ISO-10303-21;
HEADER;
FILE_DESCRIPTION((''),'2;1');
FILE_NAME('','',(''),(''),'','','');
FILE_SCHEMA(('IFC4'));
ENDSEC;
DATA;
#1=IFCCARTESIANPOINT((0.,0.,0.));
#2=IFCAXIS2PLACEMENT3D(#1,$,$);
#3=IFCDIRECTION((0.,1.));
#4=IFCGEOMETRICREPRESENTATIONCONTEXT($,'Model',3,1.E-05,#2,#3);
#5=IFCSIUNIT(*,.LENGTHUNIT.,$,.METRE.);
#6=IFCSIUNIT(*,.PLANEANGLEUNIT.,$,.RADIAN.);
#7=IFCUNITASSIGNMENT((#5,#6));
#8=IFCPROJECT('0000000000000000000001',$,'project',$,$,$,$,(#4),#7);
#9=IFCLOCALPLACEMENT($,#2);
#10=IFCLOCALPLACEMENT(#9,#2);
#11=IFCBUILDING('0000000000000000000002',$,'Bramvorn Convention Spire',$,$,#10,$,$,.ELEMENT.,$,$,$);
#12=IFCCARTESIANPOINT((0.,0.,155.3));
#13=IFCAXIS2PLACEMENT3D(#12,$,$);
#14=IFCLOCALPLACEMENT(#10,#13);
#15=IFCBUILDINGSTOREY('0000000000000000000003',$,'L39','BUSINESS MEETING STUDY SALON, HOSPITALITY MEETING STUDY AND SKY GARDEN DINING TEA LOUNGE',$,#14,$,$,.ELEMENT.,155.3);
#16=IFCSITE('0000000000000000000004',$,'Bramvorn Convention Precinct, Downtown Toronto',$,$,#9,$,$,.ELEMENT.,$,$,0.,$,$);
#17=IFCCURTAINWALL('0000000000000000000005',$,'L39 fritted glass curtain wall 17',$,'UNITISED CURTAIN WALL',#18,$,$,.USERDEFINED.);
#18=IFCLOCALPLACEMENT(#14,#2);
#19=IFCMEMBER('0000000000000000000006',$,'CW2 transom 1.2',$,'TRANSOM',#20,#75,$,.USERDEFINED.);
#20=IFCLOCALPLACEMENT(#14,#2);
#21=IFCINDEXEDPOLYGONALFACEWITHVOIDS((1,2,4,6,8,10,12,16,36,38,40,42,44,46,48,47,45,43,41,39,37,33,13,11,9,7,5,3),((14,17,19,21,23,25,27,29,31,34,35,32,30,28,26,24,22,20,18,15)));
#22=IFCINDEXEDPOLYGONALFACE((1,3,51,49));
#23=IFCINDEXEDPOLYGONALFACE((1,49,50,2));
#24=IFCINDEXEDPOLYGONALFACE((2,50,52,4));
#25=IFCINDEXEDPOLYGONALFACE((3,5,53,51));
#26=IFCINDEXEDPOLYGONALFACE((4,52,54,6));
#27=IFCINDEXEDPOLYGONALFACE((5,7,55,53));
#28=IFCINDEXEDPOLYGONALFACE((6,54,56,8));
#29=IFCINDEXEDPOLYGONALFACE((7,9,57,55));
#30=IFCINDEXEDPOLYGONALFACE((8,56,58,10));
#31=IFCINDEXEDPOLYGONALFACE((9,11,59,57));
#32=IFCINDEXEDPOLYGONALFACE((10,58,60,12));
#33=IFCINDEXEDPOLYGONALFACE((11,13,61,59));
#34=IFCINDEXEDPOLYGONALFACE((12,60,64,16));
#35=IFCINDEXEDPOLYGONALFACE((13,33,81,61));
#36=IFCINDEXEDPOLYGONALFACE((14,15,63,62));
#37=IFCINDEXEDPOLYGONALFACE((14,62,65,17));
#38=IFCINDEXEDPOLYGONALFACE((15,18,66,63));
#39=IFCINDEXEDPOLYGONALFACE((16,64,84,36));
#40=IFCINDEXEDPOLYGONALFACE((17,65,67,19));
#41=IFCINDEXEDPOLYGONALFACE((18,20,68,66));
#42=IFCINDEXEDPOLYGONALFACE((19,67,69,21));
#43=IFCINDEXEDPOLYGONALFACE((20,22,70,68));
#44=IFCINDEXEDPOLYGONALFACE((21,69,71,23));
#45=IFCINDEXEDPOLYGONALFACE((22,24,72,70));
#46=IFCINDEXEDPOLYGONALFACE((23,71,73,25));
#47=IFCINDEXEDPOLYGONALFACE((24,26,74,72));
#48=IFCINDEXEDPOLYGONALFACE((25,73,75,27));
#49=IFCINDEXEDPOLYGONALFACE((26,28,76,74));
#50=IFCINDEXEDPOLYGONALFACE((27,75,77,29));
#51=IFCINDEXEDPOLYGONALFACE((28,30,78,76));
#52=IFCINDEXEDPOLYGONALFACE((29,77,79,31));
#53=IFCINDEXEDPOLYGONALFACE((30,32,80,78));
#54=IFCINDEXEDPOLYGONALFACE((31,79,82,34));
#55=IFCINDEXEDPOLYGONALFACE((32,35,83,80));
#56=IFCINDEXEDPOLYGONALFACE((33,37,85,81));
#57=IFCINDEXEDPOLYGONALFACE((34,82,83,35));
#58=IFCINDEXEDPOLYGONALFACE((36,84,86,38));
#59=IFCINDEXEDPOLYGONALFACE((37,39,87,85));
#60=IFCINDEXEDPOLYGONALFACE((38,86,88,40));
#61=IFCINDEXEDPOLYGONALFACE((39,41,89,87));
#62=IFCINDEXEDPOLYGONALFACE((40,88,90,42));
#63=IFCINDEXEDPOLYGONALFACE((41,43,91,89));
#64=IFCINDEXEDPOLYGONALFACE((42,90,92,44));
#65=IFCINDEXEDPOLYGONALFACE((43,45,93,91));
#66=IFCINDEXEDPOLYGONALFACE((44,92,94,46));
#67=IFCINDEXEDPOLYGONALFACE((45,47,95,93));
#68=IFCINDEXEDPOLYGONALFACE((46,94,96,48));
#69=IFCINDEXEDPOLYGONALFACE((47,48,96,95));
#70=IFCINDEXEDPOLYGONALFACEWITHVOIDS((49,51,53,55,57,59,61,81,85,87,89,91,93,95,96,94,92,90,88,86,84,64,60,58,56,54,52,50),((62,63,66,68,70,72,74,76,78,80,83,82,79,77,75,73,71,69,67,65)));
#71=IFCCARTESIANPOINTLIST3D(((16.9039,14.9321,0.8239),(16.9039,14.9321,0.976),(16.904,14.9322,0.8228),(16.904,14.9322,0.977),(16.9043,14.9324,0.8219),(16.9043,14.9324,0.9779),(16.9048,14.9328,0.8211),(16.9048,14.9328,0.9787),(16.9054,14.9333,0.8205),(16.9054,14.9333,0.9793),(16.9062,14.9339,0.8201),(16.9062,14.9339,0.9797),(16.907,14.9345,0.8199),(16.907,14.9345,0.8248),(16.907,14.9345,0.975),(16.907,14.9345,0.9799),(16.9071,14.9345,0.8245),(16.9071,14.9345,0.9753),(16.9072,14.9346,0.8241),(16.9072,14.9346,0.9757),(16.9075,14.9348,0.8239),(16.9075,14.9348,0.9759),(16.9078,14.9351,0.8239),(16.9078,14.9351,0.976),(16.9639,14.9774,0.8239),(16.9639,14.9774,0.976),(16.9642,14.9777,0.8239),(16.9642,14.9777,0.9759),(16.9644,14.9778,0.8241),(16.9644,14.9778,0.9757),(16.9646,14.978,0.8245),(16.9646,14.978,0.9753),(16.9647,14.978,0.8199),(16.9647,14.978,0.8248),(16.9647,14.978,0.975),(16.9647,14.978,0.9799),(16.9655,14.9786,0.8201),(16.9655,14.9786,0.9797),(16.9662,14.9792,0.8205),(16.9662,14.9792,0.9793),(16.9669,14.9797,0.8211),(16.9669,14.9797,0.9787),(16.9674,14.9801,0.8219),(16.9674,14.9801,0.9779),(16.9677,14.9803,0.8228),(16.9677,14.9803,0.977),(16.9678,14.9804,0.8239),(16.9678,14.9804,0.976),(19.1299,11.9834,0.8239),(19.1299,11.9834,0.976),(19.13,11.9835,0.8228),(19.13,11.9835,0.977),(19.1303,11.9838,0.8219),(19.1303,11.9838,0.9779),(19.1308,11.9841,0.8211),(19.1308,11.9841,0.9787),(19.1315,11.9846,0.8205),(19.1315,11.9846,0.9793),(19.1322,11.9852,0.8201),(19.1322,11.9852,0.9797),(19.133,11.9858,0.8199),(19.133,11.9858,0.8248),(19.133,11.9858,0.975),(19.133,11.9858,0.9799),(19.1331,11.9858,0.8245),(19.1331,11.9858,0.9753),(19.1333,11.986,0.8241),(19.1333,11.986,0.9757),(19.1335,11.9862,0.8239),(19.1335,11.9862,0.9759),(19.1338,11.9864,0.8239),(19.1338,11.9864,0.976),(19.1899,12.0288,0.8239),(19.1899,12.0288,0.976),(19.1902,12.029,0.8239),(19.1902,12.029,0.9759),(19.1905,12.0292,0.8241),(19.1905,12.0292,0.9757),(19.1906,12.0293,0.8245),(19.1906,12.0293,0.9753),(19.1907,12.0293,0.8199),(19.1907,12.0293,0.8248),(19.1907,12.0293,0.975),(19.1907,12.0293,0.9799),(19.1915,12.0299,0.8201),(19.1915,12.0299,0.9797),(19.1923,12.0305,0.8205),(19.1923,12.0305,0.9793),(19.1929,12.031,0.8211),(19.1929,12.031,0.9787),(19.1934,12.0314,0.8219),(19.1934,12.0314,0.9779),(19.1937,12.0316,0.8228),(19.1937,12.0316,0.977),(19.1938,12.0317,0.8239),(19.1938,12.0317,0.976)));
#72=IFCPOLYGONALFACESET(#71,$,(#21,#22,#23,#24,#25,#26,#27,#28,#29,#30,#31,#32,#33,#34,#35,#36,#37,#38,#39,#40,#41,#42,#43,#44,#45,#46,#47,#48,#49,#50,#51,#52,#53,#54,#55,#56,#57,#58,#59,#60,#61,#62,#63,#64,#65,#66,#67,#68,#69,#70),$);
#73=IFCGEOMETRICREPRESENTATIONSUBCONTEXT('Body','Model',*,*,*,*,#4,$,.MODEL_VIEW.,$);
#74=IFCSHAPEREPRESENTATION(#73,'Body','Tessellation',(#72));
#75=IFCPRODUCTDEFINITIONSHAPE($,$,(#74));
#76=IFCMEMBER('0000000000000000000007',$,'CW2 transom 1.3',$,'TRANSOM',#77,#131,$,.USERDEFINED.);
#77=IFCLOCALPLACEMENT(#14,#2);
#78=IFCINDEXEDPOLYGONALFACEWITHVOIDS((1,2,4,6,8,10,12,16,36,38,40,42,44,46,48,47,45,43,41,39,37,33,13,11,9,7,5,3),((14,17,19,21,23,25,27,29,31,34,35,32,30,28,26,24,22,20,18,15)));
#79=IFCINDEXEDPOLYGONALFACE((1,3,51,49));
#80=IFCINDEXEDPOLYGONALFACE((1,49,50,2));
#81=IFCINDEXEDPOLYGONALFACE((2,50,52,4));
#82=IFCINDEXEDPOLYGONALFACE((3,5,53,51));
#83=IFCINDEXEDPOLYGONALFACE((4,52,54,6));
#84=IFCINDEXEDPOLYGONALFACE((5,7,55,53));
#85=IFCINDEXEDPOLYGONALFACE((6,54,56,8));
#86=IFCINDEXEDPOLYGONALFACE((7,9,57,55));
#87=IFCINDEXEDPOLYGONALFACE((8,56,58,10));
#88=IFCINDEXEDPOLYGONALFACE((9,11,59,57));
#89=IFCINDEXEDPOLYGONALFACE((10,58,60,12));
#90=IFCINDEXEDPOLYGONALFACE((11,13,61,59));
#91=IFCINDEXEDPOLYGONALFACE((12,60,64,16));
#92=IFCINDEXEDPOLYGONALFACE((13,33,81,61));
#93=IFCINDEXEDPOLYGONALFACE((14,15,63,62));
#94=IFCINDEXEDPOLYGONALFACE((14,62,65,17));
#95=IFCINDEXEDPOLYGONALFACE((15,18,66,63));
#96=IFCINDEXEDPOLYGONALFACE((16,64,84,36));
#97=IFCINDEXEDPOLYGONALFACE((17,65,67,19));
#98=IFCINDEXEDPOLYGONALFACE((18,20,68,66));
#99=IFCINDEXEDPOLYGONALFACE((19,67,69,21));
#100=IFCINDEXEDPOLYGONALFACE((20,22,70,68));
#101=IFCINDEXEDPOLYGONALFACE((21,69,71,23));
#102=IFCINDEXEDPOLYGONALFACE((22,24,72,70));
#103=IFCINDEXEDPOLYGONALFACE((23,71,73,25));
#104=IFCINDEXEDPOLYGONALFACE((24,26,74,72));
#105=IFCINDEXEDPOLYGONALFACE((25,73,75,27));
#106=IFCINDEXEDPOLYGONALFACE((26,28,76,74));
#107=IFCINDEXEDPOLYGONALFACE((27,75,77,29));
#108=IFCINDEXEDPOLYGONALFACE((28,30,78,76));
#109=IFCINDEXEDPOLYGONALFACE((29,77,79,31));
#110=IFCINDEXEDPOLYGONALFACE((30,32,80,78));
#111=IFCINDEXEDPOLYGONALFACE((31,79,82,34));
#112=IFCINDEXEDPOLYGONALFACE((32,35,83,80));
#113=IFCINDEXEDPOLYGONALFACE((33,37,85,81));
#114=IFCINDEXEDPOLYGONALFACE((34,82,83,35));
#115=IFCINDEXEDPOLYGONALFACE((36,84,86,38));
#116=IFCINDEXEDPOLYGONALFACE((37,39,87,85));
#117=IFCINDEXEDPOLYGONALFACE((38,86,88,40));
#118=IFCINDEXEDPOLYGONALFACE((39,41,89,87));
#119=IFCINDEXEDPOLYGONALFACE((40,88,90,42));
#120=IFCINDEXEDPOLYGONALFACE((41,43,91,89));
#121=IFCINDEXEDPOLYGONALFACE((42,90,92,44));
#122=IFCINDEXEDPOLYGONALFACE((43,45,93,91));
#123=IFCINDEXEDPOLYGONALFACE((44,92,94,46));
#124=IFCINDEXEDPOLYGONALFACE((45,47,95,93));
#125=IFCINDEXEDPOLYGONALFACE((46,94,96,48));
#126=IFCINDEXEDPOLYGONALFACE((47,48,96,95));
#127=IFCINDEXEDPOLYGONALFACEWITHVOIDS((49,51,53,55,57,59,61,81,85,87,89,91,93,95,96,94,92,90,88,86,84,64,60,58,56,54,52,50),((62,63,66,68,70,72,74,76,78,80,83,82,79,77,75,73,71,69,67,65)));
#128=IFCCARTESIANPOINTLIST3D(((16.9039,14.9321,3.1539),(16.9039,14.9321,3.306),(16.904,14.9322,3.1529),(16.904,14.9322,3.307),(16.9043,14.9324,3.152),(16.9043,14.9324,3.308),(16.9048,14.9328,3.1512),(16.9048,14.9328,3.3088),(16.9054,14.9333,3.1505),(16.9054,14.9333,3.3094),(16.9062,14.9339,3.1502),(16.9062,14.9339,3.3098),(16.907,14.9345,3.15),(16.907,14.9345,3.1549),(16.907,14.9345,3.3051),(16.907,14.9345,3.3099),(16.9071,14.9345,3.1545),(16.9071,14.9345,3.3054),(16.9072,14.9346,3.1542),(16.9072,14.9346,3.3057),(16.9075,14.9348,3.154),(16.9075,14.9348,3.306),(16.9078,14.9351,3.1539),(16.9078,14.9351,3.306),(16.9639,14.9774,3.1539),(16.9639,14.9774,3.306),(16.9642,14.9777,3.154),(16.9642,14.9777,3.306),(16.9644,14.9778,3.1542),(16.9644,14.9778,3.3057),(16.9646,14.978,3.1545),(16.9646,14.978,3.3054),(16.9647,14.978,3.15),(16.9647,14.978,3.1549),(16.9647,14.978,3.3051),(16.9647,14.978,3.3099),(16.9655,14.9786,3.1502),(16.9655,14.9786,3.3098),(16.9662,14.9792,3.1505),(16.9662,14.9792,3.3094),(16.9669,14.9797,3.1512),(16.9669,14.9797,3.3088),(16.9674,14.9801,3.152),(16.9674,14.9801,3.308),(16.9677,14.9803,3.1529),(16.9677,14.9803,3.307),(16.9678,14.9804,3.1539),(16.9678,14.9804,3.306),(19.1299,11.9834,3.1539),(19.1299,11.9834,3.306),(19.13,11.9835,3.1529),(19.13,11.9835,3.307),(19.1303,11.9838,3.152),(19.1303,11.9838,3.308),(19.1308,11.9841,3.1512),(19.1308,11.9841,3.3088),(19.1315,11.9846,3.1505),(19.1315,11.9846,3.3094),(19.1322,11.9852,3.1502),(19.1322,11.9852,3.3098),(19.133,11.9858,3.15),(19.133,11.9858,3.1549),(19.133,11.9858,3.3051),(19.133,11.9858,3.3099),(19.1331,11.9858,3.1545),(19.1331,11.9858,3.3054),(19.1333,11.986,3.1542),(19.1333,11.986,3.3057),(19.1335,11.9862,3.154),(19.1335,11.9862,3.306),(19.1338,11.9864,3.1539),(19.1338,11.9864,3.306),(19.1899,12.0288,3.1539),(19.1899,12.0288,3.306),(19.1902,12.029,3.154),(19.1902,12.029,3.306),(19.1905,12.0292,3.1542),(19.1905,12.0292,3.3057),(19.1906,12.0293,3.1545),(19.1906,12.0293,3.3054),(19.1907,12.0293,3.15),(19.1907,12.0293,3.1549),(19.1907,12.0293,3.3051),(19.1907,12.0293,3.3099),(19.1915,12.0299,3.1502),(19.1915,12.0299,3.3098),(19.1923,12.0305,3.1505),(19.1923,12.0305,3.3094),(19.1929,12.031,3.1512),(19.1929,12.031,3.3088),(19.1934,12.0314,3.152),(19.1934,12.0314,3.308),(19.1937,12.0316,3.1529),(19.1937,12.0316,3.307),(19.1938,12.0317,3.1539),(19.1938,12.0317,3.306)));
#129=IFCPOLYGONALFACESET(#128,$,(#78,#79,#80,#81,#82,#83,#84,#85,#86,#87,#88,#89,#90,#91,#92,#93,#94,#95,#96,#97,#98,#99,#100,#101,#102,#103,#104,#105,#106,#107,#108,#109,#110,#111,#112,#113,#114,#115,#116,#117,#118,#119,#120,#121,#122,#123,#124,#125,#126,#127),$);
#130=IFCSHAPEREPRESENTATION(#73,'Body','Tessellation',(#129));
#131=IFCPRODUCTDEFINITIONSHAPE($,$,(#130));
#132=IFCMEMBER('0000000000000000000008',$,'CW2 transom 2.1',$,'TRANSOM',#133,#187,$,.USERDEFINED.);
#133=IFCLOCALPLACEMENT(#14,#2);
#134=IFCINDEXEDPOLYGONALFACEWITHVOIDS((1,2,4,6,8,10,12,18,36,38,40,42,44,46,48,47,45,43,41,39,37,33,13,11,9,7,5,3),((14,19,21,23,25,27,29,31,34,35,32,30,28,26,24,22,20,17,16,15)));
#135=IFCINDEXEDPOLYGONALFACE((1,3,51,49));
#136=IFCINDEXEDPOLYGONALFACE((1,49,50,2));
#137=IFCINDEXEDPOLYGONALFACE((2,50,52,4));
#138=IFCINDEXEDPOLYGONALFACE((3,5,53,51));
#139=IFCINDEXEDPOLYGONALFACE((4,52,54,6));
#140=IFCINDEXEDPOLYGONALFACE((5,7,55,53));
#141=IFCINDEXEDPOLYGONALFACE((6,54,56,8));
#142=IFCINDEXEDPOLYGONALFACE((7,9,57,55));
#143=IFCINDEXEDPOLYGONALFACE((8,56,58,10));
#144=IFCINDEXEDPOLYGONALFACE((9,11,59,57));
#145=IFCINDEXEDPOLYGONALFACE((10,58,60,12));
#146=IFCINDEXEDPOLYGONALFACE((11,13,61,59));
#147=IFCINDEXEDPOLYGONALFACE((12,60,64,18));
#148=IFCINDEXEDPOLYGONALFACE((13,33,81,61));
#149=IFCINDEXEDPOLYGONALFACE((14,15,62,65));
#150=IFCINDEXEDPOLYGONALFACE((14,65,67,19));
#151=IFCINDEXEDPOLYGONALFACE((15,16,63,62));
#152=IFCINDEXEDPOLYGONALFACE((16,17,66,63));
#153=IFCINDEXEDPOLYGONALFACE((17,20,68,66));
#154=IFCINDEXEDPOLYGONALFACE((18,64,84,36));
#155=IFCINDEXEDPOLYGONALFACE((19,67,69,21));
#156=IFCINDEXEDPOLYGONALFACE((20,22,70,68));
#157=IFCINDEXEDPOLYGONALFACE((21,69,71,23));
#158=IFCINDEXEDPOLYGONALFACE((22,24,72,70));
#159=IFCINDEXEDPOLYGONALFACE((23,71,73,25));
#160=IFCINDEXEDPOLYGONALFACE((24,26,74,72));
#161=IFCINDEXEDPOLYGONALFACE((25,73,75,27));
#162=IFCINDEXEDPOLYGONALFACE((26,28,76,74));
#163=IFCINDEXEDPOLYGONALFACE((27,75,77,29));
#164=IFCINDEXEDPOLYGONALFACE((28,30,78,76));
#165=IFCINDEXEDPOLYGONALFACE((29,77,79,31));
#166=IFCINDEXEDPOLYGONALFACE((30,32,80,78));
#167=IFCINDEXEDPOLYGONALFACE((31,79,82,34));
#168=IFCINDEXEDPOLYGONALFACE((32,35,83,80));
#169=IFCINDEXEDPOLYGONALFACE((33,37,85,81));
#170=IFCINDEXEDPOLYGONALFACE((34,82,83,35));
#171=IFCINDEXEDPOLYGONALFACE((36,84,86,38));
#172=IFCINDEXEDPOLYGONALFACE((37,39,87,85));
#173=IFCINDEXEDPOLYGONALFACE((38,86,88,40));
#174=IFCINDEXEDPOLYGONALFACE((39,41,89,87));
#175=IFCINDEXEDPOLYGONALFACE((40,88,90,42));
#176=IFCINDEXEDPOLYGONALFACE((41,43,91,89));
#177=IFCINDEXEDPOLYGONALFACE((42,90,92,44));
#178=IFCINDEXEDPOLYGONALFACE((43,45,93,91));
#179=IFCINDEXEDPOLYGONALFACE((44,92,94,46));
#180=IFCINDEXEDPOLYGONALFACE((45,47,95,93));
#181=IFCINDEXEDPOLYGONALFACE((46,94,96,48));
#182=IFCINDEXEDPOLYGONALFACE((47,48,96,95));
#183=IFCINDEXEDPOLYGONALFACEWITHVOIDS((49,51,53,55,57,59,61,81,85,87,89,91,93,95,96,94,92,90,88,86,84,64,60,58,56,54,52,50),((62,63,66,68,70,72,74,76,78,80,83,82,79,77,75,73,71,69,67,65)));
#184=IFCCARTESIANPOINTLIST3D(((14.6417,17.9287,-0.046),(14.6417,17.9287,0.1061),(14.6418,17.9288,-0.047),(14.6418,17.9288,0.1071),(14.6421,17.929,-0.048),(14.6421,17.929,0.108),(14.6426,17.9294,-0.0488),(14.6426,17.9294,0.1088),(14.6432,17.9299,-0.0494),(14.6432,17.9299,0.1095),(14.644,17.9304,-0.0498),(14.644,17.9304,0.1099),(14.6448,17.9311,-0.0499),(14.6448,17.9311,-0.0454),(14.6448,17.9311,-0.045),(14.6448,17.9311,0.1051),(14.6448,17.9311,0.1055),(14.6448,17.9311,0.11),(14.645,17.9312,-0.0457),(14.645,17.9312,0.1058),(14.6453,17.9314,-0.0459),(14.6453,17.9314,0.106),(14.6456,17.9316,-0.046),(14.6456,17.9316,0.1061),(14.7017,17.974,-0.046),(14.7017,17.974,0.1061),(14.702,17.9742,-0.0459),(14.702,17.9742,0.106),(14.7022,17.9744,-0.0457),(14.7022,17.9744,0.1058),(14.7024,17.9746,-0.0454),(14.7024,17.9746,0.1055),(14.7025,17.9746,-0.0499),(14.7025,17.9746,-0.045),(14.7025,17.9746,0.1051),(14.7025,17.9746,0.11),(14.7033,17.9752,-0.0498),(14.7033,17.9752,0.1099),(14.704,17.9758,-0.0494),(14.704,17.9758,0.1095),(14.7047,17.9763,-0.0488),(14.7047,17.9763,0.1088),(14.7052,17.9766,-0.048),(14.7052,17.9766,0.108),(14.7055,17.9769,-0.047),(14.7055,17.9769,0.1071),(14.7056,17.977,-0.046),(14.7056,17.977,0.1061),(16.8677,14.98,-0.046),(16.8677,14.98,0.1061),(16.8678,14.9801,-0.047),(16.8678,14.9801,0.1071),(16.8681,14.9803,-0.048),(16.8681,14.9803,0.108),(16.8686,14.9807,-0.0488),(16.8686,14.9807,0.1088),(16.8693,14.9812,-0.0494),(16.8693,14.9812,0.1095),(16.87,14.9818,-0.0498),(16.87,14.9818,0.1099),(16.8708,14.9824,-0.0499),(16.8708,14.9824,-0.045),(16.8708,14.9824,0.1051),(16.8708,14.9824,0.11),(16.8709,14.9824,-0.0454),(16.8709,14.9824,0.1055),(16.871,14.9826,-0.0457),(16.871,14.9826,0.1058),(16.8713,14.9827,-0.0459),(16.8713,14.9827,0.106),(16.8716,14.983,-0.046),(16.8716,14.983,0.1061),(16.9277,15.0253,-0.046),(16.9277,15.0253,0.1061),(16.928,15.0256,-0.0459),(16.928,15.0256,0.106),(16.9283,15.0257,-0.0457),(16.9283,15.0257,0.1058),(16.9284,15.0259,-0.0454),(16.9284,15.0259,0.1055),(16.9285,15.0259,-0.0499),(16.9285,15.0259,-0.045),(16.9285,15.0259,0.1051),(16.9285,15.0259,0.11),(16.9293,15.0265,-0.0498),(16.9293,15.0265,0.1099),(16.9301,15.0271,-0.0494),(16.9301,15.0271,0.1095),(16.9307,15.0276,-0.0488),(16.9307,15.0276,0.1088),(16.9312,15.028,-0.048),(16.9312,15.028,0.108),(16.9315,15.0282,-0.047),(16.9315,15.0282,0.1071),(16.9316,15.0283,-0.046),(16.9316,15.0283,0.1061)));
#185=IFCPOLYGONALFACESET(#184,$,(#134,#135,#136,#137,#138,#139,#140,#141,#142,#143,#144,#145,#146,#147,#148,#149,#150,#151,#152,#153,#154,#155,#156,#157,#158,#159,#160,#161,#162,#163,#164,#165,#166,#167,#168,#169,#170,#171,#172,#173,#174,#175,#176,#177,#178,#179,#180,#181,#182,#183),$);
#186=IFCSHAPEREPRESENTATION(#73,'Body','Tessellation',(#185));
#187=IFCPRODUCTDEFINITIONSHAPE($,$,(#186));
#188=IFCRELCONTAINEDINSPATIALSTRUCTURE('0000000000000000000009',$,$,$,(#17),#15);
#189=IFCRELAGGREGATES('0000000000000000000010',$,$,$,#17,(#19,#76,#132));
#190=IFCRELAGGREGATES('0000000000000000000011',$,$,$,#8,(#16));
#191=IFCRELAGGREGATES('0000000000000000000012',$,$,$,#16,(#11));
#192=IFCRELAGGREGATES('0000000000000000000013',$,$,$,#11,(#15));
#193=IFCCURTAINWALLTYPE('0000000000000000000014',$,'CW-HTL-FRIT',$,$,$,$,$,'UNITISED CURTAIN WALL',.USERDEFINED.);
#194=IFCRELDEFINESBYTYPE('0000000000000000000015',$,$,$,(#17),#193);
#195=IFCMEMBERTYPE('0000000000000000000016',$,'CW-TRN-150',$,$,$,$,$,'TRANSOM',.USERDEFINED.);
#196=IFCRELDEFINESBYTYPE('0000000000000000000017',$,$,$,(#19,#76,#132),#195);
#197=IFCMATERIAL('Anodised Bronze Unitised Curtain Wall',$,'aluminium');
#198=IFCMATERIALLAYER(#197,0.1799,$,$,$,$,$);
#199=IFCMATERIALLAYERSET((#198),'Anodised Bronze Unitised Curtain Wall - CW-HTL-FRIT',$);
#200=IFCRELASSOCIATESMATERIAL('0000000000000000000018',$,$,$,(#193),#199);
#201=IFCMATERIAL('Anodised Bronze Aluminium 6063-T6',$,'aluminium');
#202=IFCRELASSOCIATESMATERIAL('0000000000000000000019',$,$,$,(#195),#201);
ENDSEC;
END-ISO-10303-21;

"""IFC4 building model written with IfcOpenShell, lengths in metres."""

from ifc_helpers import new_model, si_unit, direction, frame, origin, origin_2d, place, context, subcontext, project, spatial, hollow_rectangle, extrude, material, layer, layer_set, material_profile, profile_set, type_object, element, aggregate, save


model = new_model("IFC4")

# Units and contexts
model_context = context("Model", 3, precision=1e-05, world=origin(), true_north=direction((0.0, 1.0)))
body_context = subcontext(model_context, "Body", "Model", "MODEL_VIEW")
ifc_project = project(units=[si_unit("LENGTHUNIT", "METRE"), si_unit("PLANEANGLEUNIT", "RADIAN")], contexts=[model_context])

# Site, building, storey
site_placement = place(None, origin())
site = spatial("IfcSite", under=ifc_project, at=site_placement, Name="Bramvorn Convention Precinct, Downtown Toronto", CompositionType="ELEMENT", RefElevation=0.0)
building_placement = place(site_placement, origin())
building = spatial("IfcBuilding", under=site, at=building_placement, Name="Bramvorn Convention Spire", CompositionType="ELEMENT")
storey_placement = place(building_placement, frame((0.0, 0.0, 155.3)))
storey = spatial("IfcBuildingStorey", under=building, at=storey_placement, Name="L39", Description="BUSINESS MEETING STUDY SALON, HOSPITALITY MEETING STUDY AND SKY GARDEN DINING TEA LOUNGE", CompositionType="ELEMENT", Elevation=155.3)

# Shared definitions
ifc_material_1 = material(Name="Anodised Bronze Unitised Curtain Wall", Category="aluminium")
ifc_layer_1 = layer(ifc_material_1, 0.1799)
ifc_layer_set_1 = layer_set([ifc_layer_1], Name="Anodised Bronze Unitised Curtain Wall - CW-HTL-FRIT")
curtain_wall_type = type_object("IfcCurtainWallType", Name="CW-HTL-FRIT", ElementType="UNITISED CURTAIN WALL", PredefinedType="USERDEFINED", material=ifc_layer_set_1)
ifc_material_2 = material(Name="Anodised Bronze Aluminium 6063-T6", Category="aluminium")

# Curtain wall
curtain_wall_1_placement = place(storey_placement, origin())
curtain_wall_1 = element("IfcCurtainWall", 1, at=curtain_wall_1_placement, inside=storey, type_object=curtain_wall_type, Name="L39 fritted glass curtain wall 17", ObjectType="UNITISED CURTAIN WALL", PredefinedType="USERDEFINED")

# Members
ifc_material_profile_1 = material_profile(ifc_material_2, hollow_rectangle(XDim=0.0801, YDim=0.1599, WallThickness=0.0039, InnerFilletRadius=0.001, OuterFilletRadius=0.0039, at=origin_2d()))
ifc_profile_set_1 = profile_set([ifc_material_profile_1], Name="Anodised Bronze Aluminium 6063-T6 - CWT80X160")
member_type_1 = type_object("IfcMemberType", Name="CW-TRN-150", ElementType="TRANSOM", PredefinedType="USERDEFINED", material=ifc_profile_set_1)
member_1_placement = place(storey_placement, frame((19.1619, 12.0076, 0.8999), z_axis=(-0.602513, 0.798109, 0.0), x_axis=(-0.798109, -0.602513, 0.0)))
member_1 = element("IfcMember", 2, at=member_1_placement, type_object=member_type_1, Name="CW2 transom 1.2", ObjectType="TRANSOM", PredefinedType="USERDEFINED", context=body_context, shape_type="SweptSolid", body=[
    extrude(hollow_rectangle(XDim=0.0801, YDim=0.1599, WallThickness=0.0039, InnerFilletRadius=0.001, OuterFilletRadius=0.0039, at=origin_2d()), origin(), (0.0, 0.0, 1.0), 3.6946),
])
member_2_placement = place(storey_placement, frame((19.1619, 12.0076, 3.23), z_axis=(-0.602513, 0.798109, 0.0), x_axis=(-0.798109, -0.602513, 0.0)))
member_2 = element("IfcMember", 3, at=member_2_placement, type_object=member_type_1, Name="CW2 transom 1.3", ObjectType="TRANSOM", PredefinedType="USERDEFINED", context=body_context, shape_type="SweptSolid", body=[
    extrude(hollow_rectangle(XDim=0.0801, YDim=0.1599, WallThickness=0.0039, InnerFilletRadius=0.001, OuterFilletRadius=0.0039, at=origin_2d()), origin(), (0.0, 0.0, 1.0), 3.6946),
])
member_3_placement = place(storey_placement, frame((16.8997, 15.0042, 0.03), z_axis=(-0.602513, 0.798109, 0.0), x_axis=(-0.798109, -0.602513, 0.0)))
member_3 = element("IfcMember", 4, at=member_3_placement, type_object=member_type_1, Name="CW2 transom 2.1", ObjectType="TRANSOM", PredefinedType="USERDEFINED", context=body_context, shape_type="SweptSolid", body=[
    extrude(hollow_rectangle(XDim=0.0801, YDim=0.1599, WallThickness=0.0039, InnerFilletRadius=0.001, OuterFilletRadius=0.0039, at=origin_2d()), origin(), (0.0, 0.0, 1.0), 3.6946),
])

aggregate(curtain_wall_1, [member_1, member_2, member_3])

save(model, "model.ifc")
